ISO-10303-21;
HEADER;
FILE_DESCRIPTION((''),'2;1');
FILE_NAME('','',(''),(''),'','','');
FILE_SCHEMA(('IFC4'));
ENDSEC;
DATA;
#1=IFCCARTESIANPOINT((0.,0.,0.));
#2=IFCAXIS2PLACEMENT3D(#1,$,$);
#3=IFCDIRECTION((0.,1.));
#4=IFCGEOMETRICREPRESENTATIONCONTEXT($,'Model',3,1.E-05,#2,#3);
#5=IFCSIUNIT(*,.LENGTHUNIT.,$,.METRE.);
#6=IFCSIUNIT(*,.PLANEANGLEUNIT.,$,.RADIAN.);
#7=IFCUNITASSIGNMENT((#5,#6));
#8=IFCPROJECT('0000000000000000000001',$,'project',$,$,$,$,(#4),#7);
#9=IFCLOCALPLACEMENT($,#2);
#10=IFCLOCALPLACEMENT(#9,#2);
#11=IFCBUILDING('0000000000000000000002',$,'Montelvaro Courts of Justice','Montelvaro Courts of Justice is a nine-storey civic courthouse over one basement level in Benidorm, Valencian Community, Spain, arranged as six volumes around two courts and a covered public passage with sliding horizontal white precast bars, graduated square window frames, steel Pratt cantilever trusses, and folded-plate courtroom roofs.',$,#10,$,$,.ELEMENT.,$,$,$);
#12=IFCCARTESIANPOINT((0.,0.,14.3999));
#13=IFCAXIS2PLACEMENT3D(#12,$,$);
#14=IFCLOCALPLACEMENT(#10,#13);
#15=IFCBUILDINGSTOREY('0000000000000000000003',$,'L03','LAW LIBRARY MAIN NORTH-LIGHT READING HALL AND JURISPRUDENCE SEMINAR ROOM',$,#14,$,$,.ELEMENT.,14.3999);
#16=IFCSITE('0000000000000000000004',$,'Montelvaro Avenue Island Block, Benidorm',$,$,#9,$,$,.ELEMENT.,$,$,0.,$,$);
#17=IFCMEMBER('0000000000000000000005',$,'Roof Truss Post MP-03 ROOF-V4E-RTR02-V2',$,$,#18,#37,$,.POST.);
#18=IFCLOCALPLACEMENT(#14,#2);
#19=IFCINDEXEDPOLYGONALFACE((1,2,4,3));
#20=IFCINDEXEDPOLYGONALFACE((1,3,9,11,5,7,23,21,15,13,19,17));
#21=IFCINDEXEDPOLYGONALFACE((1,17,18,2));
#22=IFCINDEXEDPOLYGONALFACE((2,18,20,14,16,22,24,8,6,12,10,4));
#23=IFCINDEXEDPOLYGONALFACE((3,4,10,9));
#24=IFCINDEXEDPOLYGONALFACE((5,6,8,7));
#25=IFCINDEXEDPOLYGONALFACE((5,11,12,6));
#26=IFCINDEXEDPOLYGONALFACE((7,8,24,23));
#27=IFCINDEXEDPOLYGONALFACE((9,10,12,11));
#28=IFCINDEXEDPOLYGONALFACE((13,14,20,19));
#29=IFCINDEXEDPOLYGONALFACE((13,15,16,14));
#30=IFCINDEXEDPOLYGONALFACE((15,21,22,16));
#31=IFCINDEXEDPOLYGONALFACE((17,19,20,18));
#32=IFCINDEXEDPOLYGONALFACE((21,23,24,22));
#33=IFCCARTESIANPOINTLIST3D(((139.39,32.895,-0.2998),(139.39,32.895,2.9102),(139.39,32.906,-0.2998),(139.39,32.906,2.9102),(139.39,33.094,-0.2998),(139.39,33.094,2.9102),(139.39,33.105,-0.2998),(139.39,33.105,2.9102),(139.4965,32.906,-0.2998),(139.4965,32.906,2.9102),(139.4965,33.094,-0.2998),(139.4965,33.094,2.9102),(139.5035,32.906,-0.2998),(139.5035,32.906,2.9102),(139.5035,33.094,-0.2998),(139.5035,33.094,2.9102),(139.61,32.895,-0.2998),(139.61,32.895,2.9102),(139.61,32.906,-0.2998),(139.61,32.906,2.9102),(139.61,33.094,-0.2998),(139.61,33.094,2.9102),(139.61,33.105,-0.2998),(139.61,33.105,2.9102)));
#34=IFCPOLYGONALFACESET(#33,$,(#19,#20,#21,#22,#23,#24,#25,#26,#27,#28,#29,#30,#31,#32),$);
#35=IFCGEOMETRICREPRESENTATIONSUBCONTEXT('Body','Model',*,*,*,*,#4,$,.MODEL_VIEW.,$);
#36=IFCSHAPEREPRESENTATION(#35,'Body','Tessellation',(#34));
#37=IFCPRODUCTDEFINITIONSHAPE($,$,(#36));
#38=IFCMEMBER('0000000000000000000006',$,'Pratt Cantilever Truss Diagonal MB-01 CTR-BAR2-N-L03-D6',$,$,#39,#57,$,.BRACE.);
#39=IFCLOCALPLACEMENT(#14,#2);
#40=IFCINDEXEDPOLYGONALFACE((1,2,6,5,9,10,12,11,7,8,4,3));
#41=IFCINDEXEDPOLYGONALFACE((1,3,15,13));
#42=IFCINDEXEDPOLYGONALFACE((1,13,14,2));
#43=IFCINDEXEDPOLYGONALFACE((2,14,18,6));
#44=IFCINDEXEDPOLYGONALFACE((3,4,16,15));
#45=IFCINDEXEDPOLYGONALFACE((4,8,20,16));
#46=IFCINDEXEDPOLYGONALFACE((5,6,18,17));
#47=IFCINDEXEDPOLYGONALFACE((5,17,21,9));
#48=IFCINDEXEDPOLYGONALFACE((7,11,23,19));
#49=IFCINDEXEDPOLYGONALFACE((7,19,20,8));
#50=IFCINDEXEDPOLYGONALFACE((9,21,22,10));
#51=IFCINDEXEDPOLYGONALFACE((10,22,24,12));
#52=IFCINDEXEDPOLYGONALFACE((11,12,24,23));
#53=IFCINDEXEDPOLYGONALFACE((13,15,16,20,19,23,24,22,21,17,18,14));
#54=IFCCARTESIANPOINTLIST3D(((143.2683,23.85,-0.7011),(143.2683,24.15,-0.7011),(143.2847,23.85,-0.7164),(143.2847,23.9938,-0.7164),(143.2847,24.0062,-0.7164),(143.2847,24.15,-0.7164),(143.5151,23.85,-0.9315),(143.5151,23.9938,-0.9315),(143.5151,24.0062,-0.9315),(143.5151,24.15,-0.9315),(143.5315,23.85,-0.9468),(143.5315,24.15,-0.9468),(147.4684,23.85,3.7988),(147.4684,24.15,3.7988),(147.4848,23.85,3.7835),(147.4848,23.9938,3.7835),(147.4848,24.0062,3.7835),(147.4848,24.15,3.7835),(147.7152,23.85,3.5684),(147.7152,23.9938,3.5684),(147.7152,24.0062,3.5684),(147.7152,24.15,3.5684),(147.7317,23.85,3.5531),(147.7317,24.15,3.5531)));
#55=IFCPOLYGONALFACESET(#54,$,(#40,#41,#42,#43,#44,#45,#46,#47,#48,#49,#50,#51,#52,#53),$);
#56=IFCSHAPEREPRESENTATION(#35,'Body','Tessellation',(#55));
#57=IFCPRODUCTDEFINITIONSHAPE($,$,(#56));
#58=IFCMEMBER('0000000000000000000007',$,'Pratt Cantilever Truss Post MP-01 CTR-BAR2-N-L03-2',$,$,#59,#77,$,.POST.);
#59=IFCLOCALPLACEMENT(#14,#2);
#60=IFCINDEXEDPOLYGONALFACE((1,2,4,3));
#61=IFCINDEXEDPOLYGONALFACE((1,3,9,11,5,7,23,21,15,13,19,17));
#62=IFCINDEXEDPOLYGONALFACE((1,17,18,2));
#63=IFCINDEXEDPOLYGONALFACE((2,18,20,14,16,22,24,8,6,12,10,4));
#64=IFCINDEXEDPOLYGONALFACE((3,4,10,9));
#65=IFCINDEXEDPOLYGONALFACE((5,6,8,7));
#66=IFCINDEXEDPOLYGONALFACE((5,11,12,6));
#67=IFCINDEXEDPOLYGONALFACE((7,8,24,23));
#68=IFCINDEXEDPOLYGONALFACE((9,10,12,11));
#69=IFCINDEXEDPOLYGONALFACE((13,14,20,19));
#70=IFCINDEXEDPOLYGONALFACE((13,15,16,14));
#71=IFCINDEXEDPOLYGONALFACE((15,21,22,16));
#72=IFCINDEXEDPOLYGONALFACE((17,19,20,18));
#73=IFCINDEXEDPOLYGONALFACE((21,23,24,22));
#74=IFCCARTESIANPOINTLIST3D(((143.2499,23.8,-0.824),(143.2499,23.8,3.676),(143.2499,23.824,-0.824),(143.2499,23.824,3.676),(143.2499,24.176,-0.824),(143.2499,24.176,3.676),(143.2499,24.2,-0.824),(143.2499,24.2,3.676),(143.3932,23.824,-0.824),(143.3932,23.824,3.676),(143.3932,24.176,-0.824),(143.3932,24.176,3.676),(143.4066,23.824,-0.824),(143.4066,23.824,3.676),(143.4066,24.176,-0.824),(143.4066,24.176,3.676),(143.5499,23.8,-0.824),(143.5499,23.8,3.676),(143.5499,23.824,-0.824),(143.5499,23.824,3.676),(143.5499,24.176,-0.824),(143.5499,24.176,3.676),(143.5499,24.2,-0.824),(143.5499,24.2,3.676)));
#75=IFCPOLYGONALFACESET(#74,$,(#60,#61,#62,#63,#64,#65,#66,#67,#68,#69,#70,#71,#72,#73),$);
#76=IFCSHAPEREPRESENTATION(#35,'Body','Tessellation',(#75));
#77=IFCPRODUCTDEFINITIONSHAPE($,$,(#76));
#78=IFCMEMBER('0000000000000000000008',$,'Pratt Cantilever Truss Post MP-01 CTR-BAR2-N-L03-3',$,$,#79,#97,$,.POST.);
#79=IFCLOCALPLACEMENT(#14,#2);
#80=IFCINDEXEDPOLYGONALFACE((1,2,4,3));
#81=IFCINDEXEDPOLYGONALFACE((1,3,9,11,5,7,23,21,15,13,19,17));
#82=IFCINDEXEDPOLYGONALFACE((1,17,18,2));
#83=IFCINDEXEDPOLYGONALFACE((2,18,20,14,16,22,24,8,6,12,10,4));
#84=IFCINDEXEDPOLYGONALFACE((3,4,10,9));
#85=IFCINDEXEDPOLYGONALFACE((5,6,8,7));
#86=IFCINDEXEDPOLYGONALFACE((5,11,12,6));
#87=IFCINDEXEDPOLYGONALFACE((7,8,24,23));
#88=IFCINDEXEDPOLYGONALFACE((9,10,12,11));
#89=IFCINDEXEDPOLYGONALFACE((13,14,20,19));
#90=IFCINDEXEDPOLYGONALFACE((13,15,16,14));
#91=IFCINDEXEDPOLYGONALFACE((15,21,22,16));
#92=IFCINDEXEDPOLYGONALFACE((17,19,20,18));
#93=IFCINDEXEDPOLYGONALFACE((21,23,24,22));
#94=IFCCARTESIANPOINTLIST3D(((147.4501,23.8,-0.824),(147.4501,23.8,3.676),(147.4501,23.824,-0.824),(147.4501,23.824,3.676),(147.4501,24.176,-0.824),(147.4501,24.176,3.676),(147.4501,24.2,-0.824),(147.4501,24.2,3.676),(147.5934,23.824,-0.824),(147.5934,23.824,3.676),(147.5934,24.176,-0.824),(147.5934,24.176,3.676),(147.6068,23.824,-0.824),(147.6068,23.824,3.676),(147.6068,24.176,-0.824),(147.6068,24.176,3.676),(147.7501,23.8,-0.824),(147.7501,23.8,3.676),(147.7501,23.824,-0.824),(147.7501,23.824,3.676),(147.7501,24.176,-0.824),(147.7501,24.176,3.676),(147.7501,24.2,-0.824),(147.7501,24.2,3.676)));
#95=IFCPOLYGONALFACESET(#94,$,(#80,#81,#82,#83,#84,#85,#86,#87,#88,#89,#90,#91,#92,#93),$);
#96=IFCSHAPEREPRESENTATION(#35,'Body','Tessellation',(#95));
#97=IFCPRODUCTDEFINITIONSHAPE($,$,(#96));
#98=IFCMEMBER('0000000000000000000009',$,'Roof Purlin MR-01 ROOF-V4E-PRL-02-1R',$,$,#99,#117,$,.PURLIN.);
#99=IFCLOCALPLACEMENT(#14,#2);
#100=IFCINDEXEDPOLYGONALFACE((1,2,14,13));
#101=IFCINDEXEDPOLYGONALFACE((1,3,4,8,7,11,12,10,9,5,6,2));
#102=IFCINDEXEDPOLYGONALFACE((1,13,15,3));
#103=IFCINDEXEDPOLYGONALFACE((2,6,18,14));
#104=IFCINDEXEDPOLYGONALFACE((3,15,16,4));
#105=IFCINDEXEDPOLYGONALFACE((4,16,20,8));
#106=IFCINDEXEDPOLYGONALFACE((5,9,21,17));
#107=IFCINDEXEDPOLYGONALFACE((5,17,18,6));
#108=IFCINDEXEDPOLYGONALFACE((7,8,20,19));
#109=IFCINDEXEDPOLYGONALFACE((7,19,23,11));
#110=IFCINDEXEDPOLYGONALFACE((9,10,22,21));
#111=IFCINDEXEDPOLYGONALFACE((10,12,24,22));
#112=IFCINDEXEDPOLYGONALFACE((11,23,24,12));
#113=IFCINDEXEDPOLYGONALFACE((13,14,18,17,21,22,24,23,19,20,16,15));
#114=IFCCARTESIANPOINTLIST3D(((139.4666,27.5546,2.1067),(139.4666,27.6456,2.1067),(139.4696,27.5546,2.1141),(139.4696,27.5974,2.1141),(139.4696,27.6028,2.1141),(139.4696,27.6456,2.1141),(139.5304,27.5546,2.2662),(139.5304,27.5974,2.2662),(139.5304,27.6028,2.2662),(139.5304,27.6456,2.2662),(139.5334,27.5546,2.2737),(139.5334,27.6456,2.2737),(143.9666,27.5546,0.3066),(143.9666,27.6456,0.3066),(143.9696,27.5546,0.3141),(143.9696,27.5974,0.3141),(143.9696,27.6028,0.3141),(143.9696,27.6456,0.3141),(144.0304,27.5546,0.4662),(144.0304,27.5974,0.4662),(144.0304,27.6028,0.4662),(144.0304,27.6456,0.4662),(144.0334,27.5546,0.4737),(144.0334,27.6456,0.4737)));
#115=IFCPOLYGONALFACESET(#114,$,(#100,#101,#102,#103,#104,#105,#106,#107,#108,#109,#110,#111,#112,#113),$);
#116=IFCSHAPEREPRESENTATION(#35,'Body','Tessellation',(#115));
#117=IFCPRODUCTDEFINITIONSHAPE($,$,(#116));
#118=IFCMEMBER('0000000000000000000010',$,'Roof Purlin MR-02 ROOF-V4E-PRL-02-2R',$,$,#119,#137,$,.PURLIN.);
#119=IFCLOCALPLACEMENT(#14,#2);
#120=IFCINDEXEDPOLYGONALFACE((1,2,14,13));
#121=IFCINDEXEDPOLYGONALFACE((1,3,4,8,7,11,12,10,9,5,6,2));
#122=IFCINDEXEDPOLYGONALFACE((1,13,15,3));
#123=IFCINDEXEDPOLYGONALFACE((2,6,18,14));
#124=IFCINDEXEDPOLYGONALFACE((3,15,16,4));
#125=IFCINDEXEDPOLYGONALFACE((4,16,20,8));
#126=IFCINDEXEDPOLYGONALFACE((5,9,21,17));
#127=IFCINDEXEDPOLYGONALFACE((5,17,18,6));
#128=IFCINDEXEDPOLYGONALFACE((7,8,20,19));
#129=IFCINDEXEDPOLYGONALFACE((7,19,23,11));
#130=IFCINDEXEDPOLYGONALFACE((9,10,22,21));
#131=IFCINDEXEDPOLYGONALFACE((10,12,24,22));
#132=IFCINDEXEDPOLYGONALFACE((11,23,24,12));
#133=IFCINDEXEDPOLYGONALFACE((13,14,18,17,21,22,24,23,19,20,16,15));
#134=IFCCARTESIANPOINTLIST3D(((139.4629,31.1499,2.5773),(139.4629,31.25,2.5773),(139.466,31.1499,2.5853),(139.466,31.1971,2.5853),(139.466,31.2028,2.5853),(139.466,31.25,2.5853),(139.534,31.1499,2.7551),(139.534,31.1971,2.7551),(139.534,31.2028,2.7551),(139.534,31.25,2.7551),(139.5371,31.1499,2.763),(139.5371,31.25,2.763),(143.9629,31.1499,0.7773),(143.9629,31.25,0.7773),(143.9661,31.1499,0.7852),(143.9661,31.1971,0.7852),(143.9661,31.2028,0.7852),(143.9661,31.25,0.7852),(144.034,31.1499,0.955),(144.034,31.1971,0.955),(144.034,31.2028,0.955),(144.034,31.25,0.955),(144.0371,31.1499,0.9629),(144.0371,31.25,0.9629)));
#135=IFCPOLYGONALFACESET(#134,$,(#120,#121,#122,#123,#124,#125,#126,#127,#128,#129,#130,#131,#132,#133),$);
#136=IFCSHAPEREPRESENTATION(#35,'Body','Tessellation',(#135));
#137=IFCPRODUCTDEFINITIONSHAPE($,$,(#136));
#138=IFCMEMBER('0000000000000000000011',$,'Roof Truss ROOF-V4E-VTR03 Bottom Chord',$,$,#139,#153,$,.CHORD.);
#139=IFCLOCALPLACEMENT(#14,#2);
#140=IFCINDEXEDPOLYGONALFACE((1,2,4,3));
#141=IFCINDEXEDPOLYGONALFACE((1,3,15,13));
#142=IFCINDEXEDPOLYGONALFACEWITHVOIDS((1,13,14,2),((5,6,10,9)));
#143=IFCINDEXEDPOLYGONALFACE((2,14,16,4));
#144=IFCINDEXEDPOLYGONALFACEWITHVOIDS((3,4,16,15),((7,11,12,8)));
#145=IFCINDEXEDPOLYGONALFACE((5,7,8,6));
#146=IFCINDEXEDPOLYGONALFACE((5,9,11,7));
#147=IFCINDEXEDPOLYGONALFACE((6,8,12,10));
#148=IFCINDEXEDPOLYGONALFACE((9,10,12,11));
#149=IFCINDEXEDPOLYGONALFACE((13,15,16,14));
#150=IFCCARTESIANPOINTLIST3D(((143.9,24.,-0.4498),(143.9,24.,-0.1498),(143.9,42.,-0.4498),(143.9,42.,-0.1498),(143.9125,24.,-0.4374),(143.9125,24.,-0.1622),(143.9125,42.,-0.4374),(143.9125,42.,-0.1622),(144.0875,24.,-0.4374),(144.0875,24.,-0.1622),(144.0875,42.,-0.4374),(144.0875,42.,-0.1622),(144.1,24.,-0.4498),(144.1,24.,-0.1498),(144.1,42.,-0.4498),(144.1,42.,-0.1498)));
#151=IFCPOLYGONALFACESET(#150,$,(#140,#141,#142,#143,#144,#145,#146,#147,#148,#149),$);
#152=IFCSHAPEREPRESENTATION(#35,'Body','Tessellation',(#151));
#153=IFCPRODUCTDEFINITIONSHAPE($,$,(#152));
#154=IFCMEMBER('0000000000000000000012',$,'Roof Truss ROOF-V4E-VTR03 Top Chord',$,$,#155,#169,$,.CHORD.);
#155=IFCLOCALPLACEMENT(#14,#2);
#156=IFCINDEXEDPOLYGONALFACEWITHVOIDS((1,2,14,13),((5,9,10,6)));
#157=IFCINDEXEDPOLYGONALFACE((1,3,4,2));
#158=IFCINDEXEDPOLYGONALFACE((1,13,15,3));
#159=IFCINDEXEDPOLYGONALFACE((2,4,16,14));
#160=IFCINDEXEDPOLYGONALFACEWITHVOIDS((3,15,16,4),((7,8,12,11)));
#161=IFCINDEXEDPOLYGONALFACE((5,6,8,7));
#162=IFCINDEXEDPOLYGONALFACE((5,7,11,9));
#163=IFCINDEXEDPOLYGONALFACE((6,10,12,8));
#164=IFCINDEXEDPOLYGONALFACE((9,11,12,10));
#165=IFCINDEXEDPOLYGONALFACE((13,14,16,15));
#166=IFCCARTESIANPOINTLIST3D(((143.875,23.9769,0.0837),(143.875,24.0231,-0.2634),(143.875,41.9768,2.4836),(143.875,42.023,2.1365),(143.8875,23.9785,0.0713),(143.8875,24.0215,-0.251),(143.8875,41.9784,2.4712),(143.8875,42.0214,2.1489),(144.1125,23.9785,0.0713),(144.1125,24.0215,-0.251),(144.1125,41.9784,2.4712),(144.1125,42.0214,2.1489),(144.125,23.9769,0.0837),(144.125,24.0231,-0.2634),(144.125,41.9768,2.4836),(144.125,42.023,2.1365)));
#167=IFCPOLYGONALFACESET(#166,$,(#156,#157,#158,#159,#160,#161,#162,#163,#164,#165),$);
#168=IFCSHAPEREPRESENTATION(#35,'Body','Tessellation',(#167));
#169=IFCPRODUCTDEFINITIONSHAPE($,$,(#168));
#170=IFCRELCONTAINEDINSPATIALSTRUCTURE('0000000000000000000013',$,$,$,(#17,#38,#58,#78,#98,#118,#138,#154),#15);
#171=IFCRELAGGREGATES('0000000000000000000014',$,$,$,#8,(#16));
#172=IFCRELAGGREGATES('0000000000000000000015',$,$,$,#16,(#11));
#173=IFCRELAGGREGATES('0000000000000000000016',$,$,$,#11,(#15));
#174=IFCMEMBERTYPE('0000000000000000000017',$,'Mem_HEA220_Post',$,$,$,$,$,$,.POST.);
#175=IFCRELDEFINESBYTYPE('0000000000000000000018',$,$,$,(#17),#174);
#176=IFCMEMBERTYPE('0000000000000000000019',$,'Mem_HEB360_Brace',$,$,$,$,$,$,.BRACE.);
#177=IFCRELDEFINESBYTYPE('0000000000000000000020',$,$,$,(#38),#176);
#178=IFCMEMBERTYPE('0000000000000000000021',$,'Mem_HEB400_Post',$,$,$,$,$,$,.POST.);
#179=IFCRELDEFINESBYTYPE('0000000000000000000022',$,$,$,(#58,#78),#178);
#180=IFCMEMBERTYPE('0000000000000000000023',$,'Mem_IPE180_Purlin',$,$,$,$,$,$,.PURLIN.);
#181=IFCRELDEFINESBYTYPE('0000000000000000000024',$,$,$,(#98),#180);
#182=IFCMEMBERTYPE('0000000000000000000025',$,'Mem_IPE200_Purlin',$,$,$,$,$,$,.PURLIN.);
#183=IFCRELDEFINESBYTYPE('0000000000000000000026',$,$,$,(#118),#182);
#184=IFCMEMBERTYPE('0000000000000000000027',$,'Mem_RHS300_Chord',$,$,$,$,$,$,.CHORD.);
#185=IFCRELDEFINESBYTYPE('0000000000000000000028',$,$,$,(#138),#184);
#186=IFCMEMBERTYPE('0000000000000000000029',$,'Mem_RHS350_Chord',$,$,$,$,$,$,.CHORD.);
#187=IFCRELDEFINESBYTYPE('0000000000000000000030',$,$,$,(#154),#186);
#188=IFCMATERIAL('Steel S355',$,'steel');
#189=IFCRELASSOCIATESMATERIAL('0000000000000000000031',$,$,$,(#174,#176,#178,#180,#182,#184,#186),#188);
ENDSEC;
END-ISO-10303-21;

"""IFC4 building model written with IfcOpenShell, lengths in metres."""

from ifc_helpers import new_model, si_unit, direction, frame, origin, origin_2d, place, context, subcontext, project, spatial, hollow_rectangle, i_section, extrude, material, material_profile, profile_set, type_object, element, save


model = new_model("IFC4")

# Units and contexts
model_context = context("Model", 3, precision=1e-05, world=origin(), true_north=direction((0.0, 1.0)))
body_context = subcontext(model_context, "Body", "Model", "MODEL_VIEW")
ifc_project = project(units=[si_unit("LENGTHUNIT", "METRE"), si_unit("PLANEANGLEUNIT", "RADIAN")], contexts=[model_context])

# Site, building, storey
site_placement = place(None, origin())
site = spatial("IfcSite", under=ifc_project, at=site_placement, Name="Montelvaro Avenue Island Block, Benidorm", CompositionType="ELEMENT", RefElevation=0.0)
building_placement = place(site_placement, origin())
building = spatial("IfcBuilding", under=site, at=building_placement, Name="Montelvaro Courts of Justice", Description="Montelvaro Courts of Justice is a nine-storey civic courthouse over one basement level in Benidorm, Valencian Community, Spain, arranged as six volumes around two courts and a covered public passage with sliding horizontal white precast bars, graduated square window frames, steel Pratt cantilever trusses, and folded-plate courtroom roofs.", CompositionType="ELEMENT")
storey_placement = place(building_placement, frame((0.0, 0.0, 14.3999)))
storey = spatial("IfcBuildingStorey", under=building, at=storey_placement, Name="L03", Description="LAW LIBRARY MAIN NORTH-LIGHT READING HALL AND JURISPRUDENCE SEMINAR ROOM", CompositionType="ELEMENT", Elevation=14.3999)

# Members
ifc_material_1 = material(Name="Steel S355", Category="steel")
ifc_material_profile_1 = material_profile(ifc_material_1, i_section(OverallWidth=0.22, OverallDepth=0.21, WebThickness=0.0071, FlangeThickness=0.011, at=origin_2d()), Name="HEA 220")
ifc_profile_set_1 = profile_set([ifc_material_profile_1], Name="Steel S355")
member_type_1 = type_object("IfcMemberType", Name="Mem_HEA220_Post", PredefinedType="POST", material=ifc_profile_set_1)
member_1_placement = place(storey_placement, frame((139.5, 33.0, -0.2998), z_axis=(0.0, 0.0, 1.0), x_axis=(1.0, 0.0, 0.0)))
element("IfcMember", 1, at=member_1_placement, inside=storey, type_object=member_type_1, Name="Roof Truss Post MP-03 ROOF-V4E-RTR02-V2", PredefinedType="POST", context=body_context, shape_type="SweptSolid", body=[
    extrude(i_section(OverallWidth=0.22, OverallDepth=0.21, WebThickness=0.0071, FlangeThickness=0.011, at=origin_2d()), origin(), (0.0, 0.0, 1.0), 3.21),
])
ifc_material_profile_2 = material_profile(ifc_material_1, i_section(OverallWidth=0.3, OverallDepth=0.3601, WebThickness=0.0125, FlangeThickness=0.0225, at=origin_2d()), Name="HEB 360")
ifc_profile_set_2 = profile_set([ifc_material_profile_2], Name="Steel S355")
member_type_2 = type_object("IfcMemberType", Name="Mem_HEB360_Brace", PredefinedType="BRACE", material=ifc_profile_set_2)
member_2_placement = place(storey_placement, frame((143.3999, 24.0, -0.824), z_axis=(0.682335, 0.0, 0.731039), x_axis=(0.0, 1.0, 0.0)))
element("IfcMember", 2, at=member_2_placement, inside=storey, type_object=member_type_2, Name="Pratt Cantilever Truss Diagonal MB-01 CTR-BAR2-N-L03-D6", PredefinedType="BRACE", context=body_context, shape_type="SweptSolid", body=[
    extrude(i_section(OverallWidth=0.3, OverallDepth=0.3601, WebThickness=0.0125, FlangeThickness=0.0225, at=origin_2d()), origin(), (0.0, 0.0, 1.0), 6.1555),
])
ifc_material_profile_3 = material_profile(ifc_material_1, i_section(OverallWidth=0.3, OverallDepth=0.3999, WebThickness=0.0134, FlangeThickness=0.0239, at=origin_2d()), Name="HEB 400")
ifc_profile_set_3 = profile_set([ifc_material_profile_3], Name="Steel S355")
member_type_3 = type_object("IfcMemberType", Name="Mem_HEB400_Post", PredefinedType="POST", material=ifc_profile_set_3)
for number, where, z_axis, x_axis, name in (
    (3, (143.3999, 24.0, -0.824), (0.0, 0.0, 1.0), (1.0, 0.0, 0.0), "Pratt Cantilever Truss Post MP-01 CTR-BAR2-N-L03-2"),
    (4, (147.6001, 24.0, -0.824), (0.0, 0.0, 1.0), (1.0, 0.0, 0.0), "Pratt Cantilever Truss Post MP-01 CTR-BAR2-N-L03-3"),
):
    element("IfcMember", number, at=place(storey_placement, frame(where, z_axis=z_axis, x_axis=x_axis)), inside=storey, type_object=member_type_3, Name=name, PredefinedType="POST", context=body_context, shape_type="SweptSolid", body=[
        extrude(i_section(OverallWidth=0.3, OverallDepth=0.3999, WebThickness=0.0134, FlangeThickness=0.0239, at=origin_2d()), origin(), (0.0, 0.0, 1.0), 4.5),
    ])
ifc_material_profile_4 = material_profile(ifc_material_1, i_section(OverallWidth=0.0911, OverallDepth=0.1799, WebThickness=0.0054, FlangeThickness=0.0081, at=origin_2d()), Name="IPE 180")
ifc_profile_set_4 = profile_set([ifc_material_profile_4], Name="Steel S355")
member_type_4 = type_object("IfcMemberType", Name="Mem_IPE180_Purlin", PredefinedType="PURLIN", material=ifc_profile_set_4)
member_3_placement = place(storey_placement, frame((139.5, 27.6001, 2.1902), z_axis=(0.928473, 0.0, -0.371399), x_axis=(0.0, 1.0, 0.0)))
element("IfcMember", 5, at=member_3_placement, inside=storey, type_object=member_type_4, Name="Roof Purlin MR-01 ROOF-V4E-PRL-02-1R", PredefinedType="PURLIN", context=body_context, shape_type="SweptSolid", body=[
    extrude(i_section(OverallWidth=0.0911, OverallDepth=0.1799, WebThickness=0.0054, FlangeThickness=0.0081, at=origin_2d()), origin(), (0.0, 0.0, 1.0), 4.8467),
])
ifc_material_profile_5 = material_profile(ifc_material_1, i_section(OverallWidth=0.1001, OverallDepth=0.2, WebThickness=0.0056, FlangeThickness=0.0085, at=origin_2d()), Name="IPE 200")
ifc_profile_set_5 = profile_set([ifc_material_profile_5], Name="Steel S355")
member_type_5 = type_object("IfcMemberType", Name="Mem_IPE200_Purlin", PredefinedType="PURLIN", material=ifc_profile_set_5)
member_4_placement = place(storey_placement, frame((139.5, 31.2, 2.6702), z_axis=(0.928473, 0.0, -0.371399), x_axis=(0.0, 1.0, 0.0)))
element("IfcMember", 6, at=member_4_placement, inside=storey, type_object=member_type_5, Name="Roof Purlin MR-02 ROOF-V4E-PRL-02-2R", PredefinedType="PURLIN", context=body_context, shape_type="SweptSolid", body=[
    extrude(i_section(OverallWidth=0.1001, OverallDepth=0.2, WebThickness=0.0056, FlangeThickness=0.0085, at=origin_2d()), origin(), (0.0, 0.0, 1.0), 4.8467),
])
ifc_material_profile_6 = material_profile(ifc_material_1, hollow_rectangle(XDim=0.2, YDim=0.3, WallThickness=0.0125, at=origin_2d()), Name="RHS 300x200x12.5")
ifc_profile_set_6 = profile_set([ifc_material_profile_6], Name="Steel S355")
member_type_6 = type_object("IfcMemberType", Name="Mem_RHS300_Chord", PredefinedType="CHORD", material=ifc_profile_set_6)
member_5_placement = place(storey_placement, frame((144.0, 24.0, -0.2998), z_axis=(0.0, 1.0, 0.0), x_axis=(-1.0, 0.0, 0.0)))
element("IfcMember", 7, at=member_5_placement, inside=storey, type_object=member_type_6, Name="Roof Truss ROOF-V4E-VTR03 Bottom Chord", PredefinedType="CHORD", context=body_context, shape_type="SweptSolid", body=[
    extrude(hollow_rectangle(XDim=0.2, YDim=0.3, WallThickness=0.0125, at=origin_2d()), origin(), (0.0, 0.0, 1.0), 18.0),
])
ifc_material_profile_7 = material_profile(ifc_material_1, hollow_rectangle(XDim=0.25, YDim=0.3501, WallThickness=0.0125, at=origin_2d()), Name="RHS 350x250x12.5")
ifc_profile_set_7 = profile_set([ifc_material_profile_7], Name="Steel S355")
member_type_7 = type_object("IfcMemberType", Name="Mem_RHS350_Chord", PredefinedType="CHORD", material=ifc_profile_set_7)
member_6_placement = place(storey_placement, frame((144.0, 24.0, -0.0898), z_axis=(0.0, 0.991229, 0.132158), x_axis=(-1.0, 0.0, 0.0)))
element("IfcMember", 8, at=member_6_placement, inside=storey, type_object=member_type_7, Name="Roof Truss ROOF-V4E-VTR03 Top Chord", PredefinedType="CHORD", context=body_context, shape_type="SweptSolid", body=[
    extrude(hollow_rectangle(XDim=0.25, YDim=0.3501, WallThickness=0.0125, at=origin_2d()), origin(), (0.0, 0.0, 1.0), 18.1592),
])

save(model, "model.ifc")
